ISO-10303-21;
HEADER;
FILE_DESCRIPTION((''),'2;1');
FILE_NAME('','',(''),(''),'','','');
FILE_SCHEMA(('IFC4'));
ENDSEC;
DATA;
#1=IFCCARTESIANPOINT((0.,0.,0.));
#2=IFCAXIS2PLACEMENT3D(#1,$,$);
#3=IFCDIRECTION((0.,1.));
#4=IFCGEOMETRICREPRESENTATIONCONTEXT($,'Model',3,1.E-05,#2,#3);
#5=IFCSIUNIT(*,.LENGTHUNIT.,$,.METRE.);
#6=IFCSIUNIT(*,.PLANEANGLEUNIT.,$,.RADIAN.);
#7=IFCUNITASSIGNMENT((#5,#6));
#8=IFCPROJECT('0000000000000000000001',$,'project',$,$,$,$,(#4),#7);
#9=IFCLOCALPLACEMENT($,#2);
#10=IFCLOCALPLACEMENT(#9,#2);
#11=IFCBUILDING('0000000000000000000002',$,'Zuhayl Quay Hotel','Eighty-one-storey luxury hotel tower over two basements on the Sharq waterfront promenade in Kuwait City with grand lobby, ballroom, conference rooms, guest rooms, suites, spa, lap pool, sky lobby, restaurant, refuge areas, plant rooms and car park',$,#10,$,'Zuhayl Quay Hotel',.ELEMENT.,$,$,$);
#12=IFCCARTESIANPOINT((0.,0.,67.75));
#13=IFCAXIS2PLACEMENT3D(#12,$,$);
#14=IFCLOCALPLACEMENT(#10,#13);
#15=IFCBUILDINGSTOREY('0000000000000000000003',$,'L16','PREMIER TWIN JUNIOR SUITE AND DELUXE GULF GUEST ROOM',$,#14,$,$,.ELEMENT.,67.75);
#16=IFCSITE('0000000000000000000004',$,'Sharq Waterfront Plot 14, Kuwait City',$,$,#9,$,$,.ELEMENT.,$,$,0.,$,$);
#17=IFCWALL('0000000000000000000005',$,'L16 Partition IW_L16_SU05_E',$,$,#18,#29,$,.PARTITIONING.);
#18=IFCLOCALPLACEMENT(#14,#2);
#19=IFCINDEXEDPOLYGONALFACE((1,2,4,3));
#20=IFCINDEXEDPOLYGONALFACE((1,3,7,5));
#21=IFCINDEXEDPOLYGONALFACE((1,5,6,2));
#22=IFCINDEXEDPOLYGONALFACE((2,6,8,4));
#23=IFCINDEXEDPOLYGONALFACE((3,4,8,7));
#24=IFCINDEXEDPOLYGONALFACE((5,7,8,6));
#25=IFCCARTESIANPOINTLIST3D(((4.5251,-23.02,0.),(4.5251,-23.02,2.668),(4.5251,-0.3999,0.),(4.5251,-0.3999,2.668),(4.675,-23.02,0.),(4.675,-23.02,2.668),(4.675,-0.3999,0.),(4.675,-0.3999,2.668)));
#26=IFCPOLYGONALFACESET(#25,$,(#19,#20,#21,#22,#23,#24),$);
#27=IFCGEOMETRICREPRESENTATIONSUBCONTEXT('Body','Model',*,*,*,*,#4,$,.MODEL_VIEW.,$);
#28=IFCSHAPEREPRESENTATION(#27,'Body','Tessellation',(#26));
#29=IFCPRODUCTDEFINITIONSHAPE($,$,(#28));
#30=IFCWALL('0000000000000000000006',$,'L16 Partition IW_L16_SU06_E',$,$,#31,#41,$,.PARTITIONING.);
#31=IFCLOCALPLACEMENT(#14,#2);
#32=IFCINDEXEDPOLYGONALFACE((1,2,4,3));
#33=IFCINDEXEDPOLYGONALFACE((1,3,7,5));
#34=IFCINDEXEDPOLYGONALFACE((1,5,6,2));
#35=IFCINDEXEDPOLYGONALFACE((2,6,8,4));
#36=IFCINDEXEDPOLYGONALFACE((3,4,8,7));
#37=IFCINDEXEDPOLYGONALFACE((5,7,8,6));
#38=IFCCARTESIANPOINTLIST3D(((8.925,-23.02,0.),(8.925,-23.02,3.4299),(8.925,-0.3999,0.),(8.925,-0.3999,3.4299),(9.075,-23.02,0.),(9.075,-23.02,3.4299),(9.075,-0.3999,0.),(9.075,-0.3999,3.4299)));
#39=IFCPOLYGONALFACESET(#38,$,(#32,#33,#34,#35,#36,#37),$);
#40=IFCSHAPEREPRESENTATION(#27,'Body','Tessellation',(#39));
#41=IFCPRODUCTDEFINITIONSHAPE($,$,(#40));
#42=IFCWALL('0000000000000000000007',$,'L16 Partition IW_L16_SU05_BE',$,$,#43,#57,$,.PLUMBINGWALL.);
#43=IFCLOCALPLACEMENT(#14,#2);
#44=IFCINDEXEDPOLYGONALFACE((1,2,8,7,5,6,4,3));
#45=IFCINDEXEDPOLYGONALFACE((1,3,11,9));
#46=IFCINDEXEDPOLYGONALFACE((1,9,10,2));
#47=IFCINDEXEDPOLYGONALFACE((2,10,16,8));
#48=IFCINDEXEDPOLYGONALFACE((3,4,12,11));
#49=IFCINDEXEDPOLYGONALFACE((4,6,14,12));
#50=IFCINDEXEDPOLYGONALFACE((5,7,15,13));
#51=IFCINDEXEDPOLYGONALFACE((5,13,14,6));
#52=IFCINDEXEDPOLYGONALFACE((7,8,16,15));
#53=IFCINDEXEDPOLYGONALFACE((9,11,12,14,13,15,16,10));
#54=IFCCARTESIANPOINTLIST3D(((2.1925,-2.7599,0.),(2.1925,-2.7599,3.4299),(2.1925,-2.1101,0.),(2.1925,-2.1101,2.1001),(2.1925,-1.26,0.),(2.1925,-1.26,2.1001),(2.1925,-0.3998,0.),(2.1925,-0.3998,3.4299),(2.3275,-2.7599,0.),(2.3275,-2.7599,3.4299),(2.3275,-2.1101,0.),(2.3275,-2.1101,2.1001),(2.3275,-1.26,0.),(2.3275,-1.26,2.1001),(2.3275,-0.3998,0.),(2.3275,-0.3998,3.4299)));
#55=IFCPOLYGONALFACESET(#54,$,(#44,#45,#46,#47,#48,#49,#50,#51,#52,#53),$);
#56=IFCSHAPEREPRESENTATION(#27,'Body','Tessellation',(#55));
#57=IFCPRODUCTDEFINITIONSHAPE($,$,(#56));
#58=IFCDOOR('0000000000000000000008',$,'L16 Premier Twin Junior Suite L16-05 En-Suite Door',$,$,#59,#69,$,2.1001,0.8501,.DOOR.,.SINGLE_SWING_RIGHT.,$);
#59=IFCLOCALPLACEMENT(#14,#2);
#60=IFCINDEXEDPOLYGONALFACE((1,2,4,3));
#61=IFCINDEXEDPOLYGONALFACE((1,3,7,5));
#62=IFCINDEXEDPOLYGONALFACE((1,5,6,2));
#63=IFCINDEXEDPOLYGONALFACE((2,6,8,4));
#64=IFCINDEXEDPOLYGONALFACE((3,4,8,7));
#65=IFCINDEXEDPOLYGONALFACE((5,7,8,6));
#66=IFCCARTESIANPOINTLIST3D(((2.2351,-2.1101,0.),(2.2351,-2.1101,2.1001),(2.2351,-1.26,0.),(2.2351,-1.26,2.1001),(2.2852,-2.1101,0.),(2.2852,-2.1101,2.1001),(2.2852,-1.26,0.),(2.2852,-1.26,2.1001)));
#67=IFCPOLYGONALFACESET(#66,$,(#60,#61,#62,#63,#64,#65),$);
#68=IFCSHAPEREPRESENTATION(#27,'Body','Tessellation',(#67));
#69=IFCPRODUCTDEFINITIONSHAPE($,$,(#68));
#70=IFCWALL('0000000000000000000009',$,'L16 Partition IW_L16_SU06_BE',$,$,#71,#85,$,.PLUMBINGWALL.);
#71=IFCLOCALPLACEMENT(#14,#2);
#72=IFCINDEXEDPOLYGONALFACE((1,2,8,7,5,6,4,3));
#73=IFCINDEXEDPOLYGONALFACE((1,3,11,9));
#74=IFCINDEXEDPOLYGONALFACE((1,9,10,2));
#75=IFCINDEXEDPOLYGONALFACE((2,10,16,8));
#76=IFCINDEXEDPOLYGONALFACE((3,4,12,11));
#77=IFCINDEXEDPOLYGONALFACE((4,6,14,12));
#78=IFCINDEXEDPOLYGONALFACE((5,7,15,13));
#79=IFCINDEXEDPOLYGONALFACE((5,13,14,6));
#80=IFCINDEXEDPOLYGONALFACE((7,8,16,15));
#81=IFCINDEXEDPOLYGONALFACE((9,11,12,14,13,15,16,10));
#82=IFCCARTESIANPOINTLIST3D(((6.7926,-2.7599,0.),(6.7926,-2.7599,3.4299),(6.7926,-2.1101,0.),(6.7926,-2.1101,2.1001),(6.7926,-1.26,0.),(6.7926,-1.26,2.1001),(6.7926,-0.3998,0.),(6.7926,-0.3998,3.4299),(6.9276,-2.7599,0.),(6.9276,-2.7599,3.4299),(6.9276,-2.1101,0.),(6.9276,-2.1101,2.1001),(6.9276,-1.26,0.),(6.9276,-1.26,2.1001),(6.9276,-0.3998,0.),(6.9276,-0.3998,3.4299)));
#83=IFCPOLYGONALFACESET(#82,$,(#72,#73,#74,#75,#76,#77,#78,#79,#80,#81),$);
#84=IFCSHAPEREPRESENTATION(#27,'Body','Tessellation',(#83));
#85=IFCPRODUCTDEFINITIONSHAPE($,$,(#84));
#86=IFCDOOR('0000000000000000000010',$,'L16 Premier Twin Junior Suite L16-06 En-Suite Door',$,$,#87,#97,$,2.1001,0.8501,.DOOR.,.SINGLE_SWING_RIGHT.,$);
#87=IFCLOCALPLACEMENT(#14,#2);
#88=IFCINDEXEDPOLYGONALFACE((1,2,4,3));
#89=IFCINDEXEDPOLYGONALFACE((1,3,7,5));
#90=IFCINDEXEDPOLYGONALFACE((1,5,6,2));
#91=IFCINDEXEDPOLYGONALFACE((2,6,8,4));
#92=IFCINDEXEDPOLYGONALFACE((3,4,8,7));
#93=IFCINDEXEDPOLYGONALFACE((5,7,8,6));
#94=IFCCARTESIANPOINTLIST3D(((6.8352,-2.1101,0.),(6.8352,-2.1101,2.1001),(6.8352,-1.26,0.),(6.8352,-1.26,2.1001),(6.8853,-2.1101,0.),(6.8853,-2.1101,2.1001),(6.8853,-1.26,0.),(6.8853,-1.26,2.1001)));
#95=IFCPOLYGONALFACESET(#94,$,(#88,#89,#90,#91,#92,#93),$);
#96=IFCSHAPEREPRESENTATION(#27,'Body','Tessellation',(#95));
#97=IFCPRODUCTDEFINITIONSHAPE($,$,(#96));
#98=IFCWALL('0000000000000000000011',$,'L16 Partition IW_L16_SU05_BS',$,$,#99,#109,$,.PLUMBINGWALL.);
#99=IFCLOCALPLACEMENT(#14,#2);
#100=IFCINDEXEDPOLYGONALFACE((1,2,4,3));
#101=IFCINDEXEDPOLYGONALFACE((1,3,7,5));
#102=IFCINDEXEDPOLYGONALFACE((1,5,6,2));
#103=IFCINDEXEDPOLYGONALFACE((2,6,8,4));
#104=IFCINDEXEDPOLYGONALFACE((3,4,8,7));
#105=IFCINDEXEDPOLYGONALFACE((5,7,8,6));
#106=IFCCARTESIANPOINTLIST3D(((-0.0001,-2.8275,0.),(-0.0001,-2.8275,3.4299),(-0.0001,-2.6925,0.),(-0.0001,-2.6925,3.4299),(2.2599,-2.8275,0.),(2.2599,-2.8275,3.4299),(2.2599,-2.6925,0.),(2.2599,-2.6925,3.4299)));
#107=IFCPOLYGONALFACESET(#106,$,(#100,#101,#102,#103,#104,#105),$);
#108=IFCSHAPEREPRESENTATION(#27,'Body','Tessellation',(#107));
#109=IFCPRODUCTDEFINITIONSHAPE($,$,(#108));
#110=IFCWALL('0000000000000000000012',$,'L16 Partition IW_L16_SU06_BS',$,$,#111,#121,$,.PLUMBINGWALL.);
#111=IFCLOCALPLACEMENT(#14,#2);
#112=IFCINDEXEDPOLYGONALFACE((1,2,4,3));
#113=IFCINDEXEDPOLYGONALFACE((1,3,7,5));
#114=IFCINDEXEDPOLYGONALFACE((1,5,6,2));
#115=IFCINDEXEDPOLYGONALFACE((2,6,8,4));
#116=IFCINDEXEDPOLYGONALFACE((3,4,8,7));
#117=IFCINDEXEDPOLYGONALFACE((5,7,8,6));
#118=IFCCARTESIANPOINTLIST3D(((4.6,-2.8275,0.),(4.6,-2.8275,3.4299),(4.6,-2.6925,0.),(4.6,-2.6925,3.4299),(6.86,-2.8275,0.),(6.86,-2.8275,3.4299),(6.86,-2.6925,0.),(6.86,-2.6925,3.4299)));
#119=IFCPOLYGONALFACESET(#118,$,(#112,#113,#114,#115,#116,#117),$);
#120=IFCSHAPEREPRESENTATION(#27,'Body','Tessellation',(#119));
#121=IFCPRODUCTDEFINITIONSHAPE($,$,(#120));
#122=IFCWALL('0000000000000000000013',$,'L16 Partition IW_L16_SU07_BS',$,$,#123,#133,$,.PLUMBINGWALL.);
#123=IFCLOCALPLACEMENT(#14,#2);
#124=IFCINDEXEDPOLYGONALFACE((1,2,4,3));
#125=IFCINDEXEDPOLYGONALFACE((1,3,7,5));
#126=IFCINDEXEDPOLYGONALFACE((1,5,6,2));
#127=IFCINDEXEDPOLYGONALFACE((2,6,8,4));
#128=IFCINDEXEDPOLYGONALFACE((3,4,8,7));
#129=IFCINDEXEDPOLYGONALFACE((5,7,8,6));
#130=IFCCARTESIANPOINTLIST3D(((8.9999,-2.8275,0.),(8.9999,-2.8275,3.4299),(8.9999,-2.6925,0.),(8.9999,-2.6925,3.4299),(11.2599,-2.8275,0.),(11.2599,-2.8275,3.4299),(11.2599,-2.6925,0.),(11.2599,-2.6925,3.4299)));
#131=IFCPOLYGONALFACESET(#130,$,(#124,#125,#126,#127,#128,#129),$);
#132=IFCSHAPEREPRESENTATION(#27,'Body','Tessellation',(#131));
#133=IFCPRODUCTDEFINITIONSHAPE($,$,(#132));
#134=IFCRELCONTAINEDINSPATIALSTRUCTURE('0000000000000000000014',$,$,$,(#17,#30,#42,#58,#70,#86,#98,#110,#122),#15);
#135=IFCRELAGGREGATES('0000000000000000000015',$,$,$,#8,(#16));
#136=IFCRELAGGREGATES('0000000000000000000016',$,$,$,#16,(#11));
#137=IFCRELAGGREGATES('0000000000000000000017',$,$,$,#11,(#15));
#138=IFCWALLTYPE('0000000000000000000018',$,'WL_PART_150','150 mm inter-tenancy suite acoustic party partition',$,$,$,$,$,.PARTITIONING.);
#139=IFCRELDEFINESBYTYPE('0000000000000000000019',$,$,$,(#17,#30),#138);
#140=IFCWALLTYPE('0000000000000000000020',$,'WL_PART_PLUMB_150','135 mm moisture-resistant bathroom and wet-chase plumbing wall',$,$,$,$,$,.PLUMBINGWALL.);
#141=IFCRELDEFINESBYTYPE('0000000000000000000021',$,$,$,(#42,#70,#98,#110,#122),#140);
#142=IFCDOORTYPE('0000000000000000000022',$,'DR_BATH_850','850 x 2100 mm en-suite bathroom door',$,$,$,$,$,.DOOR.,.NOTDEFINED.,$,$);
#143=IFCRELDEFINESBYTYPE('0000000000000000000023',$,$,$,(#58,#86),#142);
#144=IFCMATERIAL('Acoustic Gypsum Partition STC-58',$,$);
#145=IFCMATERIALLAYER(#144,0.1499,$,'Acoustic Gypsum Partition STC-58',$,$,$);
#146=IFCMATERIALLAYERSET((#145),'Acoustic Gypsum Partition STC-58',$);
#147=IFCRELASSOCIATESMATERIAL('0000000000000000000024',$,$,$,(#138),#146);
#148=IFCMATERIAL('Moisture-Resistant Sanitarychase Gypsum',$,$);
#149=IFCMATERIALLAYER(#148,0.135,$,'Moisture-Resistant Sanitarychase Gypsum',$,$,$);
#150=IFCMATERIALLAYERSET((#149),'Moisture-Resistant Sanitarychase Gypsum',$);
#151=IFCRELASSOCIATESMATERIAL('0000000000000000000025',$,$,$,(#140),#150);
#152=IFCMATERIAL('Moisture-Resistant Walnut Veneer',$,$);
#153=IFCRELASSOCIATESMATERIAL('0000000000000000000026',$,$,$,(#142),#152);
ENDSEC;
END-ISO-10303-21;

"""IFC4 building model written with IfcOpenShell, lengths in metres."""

from ifc_helpers import new_model, si_unit, direction, frame, frame_2d, origin, place, context, subcontext, project, spatial, rectangle, extrude, material, layer, layer_set, type_object, element, fill, save


model = new_model("IFC4")

# Units and contexts
model_context = context("Model", 3, precision=1e-05, world=origin(), true_north=direction((0.0, 1.0)))
body_context = subcontext(model_context, "Body", "Model", "MODEL_VIEW")
ifc_project = project(units=[si_unit("LENGTHUNIT", "METRE"), si_unit("PLANEANGLEUNIT", "RADIAN")], contexts=[model_context])

# Site, building, storey
site_placement = place(None, origin())
site = spatial("IfcSite", under=ifc_project, at=site_placement, Name="Sharq Waterfront Plot 14, Kuwait City", CompositionType="ELEMENT", RefElevation=0.0)
building_placement = place(site_placement, origin())
building = spatial("IfcBuilding", under=site, at=building_placement, Name="Zuhayl Quay Hotel", Description="Eighty-one-storey luxury hotel tower over two basements on the Sharq waterfront promenade in Kuwait City with grand lobby, ballroom, conference rooms, guest rooms, suites, spa, lap pool, sky lobby, restaurant, refuge areas, plant rooms and car park", LongName="Zuhayl Quay Hotel", CompositionType="ELEMENT")
storey_placement = place(building_placement, frame((0.0, 0.0, 67.75)))
storey = spatial("IfcBuildingStorey", under=building, at=storey_placement, Name="L16", Description="PREMIER TWIN JUNIOR SUITE AND DELUXE GULF GUEST ROOM", CompositionType="ELEMENT", Elevation=67.75)

# Walls
ifc_material_1 = material(Name="Acoustic Gypsum Partition STC-58")
ifc_layer_1 = layer(ifc_material_1, 0.1499, Name="Acoustic Gypsum Partition STC-58")
ifc_layer_set_1 = layer_set([ifc_layer_1], Name="Acoustic Gypsum Partition STC-58")
wall_type_1 = type_object("IfcWallType", Name="WL_PART_150", Description="150 mm inter-tenancy suite acoustic party partition", PredefinedType="PARTITIONING", material=ifc_layer_set_1)
wall_1_placement = place(storey_placement, frame((4.6001, -23.02, 0.0), z_axis=(0.0, 0.0, 1.0), x_axis=(0.0, 1.0, 0.0)))
element("IfcWall", 1, at=wall_1_placement, inside=storey, type_object=wall_type_1, Name="L16 Partition IW_L16_SU05_E", PredefinedType="PARTITIONING", context=body_context, shape_type="SweptSolid", body=[
    extrude(rectangle(XDim=22.6201, YDim=0.1499, at=frame_2d((11.3101, 0.0))), origin(), (0.0, 0.0, 1.0), 2.668),
])
wall_2_placement = place(storey_placement, frame((9.0, -23.02, 0.0), z_axis=(0.0, 0.0, 1.0), x_axis=(0.0, 1.0, 0.0)))
element("IfcWall", 2, at=wall_2_placement, inside=storey, type_object=wall_type_1, Name="L16 Partition IW_L16_SU06_E", PredefinedType="PARTITIONING", context=body_context, shape_type="SweptSolid", body=[
    extrude(rectangle(XDim=22.6201, YDim=0.1499, at=frame_2d((11.3101, 0.0))), origin(), (0.0, 0.0, 1.0), 3.4299),
])

# Walls, openings, doors
ifc_material_2 = material(Name="Moisture-Resistant Sanitarychase Gypsum")
ifc_layer_2 = layer(ifc_material_2, 0.135, Name="Moisture-Resistant Sanitarychase Gypsum")
ifc_layer_set_2 = layer_set([ifc_layer_2], Name="Moisture-Resistant Sanitarychase Gypsum")
wall_type_2 = type_object("IfcWallType", Name="WL_PART_PLUMB_150", Description="135 mm moisture-resistant bathroom and wet-chase plumbing wall", PredefinedType="PLUMBINGWALL", material=ifc_layer_set_2)
wall_3_placement = place(storey_placement, frame((2.26, -2.76, 0.0), z_axis=(0.0, 0.0, 1.0), x_axis=(0.0, 1.0, 0.0)))
wall_3 = element("IfcWall", 3, at=wall_3_placement, inside=storey, type_object=wall_type_2, Name="L16 Partition IW_L16_SU05_BE", PredefinedType="PLUMBINGWALL", context=body_context, shape_type="SweptSolid", body=[
    extrude(rectangle(XDim=2.3601, YDim=0.135, at=frame_2d((1.1802, 0.0))), origin(), (0.0, 0.0, 1.0), 3.4299),
])
opening_1_placement = place(wall_3_placement, frame((0.6499, 0.0, 0.0)))
opening_1 = element("IfcOpeningElement", 4, at=opening_1_placement, cuts=wall_3, PredefinedType="OPENING", context=body_context, shape_type="SweptSolid", body=[
    extrude(rectangle(XDim=0.8501, YDim=2.1001, at=frame_2d((0.425, 1.05))), frame((0.0, 0.0774, 0.0), z_axis=(0.0, -1.0, 0.0), x_axis=(1.0, 0.0, 0.0)), (0.0, 0.0, 1.0), 0.155),
])
ifc_material_3 = material(Name="Moisture-Resistant Walnut Veneer")
door_type = type_object("IfcDoorType", Name="DR_BATH_850", Description="850 x 2100 mm en-suite bathroom door", OperationType="NOTDEFINED", PredefinedType="DOOR", material=ifc_material_3)
door_1_placement = place(opening_1_placement, origin())
door_1 = element("IfcDoor", 5, at=door_1_placement, inside=storey, type_object=door_type, Name="L16 Premier Twin Junior Suite L16-05 En-Suite Door", OperationType="SINGLE_SWING_RIGHT", OverallHeight=2.1001, OverallWidth=0.8501, PredefinedType="DOOR", context=body_context, shape_type="SweptSolid", body=[
    extrude(rectangle(XDim=0.8501, YDim=2.1001, at=frame_2d((0.425, 1.05))), frame((0.0, 0.0249, 0.0), z_axis=(0.0, -1.0, 0.0), x_axis=(1.0, 0.0, 0.0)), (0.0, 0.0, 1.0), 0.05),
])
fill(opening_1, door_1)
wall_4_placement = place(storey_placement, frame((6.8601, -2.76, 0.0), z_axis=(0.0, 0.0, 1.0), x_axis=(0.0, 1.0, 0.0)))
wall_4 = element("IfcWall", 6, at=wall_4_placement, inside=storey, type_object=wall_type_2, Name="L16 Partition IW_L16_SU06_BE", PredefinedType="PLUMBINGWALL", context=body_context, shape_type="SweptSolid", body=[
    extrude(rectangle(XDim=2.3601, YDim=0.135, at=frame_2d((1.1802, 0.0))), origin(), (0.0, 0.0, 1.0), 3.4299),
])
opening_2_placement = place(wall_4_placement, frame((0.6499, 0.0, 0.0)))
opening_2 = element("IfcOpeningElement", 7, at=opening_2_placement, cuts=wall_4, PredefinedType="OPENING", context=body_context, shape_type="SweptSolid", body=[
    extrude(rectangle(XDim=0.8501, YDim=2.1001, at=frame_2d((0.425, 1.05))), frame((0.0, 0.0774, 0.0), z_axis=(0.0, -1.0, 0.0), x_axis=(1.0, 0.0, 0.0)), (0.0, 0.0, 1.0), 0.155),
])
door_2_placement = place(opening_2_placement, origin())
door_2 = element("IfcDoor", 8, at=door_2_placement, inside=storey, type_object=door_type, Name="L16 Premier Twin Junior Suite L16-06 En-Suite Door", OperationType="SINGLE_SWING_RIGHT", OverallHeight=2.1001, OverallWidth=0.8501, PredefinedType="DOOR", context=body_context, shape_type="SweptSolid", body=[
    extrude(rectangle(XDim=0.8501, YDim=2.1001, at=frame_2d((0.425, 1.05))), frame((0.0, 0.0249, 0.0), z_axis=(0.0, -1.0, 0.0), x_axis=(1.0, 0.0, 0.0)), (0.0, 0.0, 1.0), 0.05),
])
fill(opening_2, door_2)

# Walls
for number, where, z_axis, x_axis, name in (
    (9, (0.0, -2.76, 0.0), (0.0, 0.0, 1.0), (1.0, 0.0, 0.0), "L16 Partition IW_L16_SU05_BS"),
    (10, (4.6001, -2.76, 0.0), (0.0, 0.0, 1.0), (1.0, 0.0, 0.0), "L16 Partition IW_L16_SU06_BS"),
    (11, (9.0, -2.76, 0.0), (0.0, 0.0, 1.0), (1.0, 0.0, 0.0), "L16 Partition IW_L16_SU07_BS"),
):
    element("IfcWall", number, at=place(storey_placement, frame(where, z_axis=z_axis, x_axis=x_axis)), inside=storey, type_object=wall_type_2, Name=name, PredefinedType="PLUMBINGWALL", context=body_context, shape_type="SweptSolid", body=[
        extrude(rectangle(XDim=2.26, YDim=0.135, at=frame_2d((1.1299, 0.0))), origin(), (0.0, 0.0, 1.0), 3.4299),
    ])

save(model, "model.ifc")
